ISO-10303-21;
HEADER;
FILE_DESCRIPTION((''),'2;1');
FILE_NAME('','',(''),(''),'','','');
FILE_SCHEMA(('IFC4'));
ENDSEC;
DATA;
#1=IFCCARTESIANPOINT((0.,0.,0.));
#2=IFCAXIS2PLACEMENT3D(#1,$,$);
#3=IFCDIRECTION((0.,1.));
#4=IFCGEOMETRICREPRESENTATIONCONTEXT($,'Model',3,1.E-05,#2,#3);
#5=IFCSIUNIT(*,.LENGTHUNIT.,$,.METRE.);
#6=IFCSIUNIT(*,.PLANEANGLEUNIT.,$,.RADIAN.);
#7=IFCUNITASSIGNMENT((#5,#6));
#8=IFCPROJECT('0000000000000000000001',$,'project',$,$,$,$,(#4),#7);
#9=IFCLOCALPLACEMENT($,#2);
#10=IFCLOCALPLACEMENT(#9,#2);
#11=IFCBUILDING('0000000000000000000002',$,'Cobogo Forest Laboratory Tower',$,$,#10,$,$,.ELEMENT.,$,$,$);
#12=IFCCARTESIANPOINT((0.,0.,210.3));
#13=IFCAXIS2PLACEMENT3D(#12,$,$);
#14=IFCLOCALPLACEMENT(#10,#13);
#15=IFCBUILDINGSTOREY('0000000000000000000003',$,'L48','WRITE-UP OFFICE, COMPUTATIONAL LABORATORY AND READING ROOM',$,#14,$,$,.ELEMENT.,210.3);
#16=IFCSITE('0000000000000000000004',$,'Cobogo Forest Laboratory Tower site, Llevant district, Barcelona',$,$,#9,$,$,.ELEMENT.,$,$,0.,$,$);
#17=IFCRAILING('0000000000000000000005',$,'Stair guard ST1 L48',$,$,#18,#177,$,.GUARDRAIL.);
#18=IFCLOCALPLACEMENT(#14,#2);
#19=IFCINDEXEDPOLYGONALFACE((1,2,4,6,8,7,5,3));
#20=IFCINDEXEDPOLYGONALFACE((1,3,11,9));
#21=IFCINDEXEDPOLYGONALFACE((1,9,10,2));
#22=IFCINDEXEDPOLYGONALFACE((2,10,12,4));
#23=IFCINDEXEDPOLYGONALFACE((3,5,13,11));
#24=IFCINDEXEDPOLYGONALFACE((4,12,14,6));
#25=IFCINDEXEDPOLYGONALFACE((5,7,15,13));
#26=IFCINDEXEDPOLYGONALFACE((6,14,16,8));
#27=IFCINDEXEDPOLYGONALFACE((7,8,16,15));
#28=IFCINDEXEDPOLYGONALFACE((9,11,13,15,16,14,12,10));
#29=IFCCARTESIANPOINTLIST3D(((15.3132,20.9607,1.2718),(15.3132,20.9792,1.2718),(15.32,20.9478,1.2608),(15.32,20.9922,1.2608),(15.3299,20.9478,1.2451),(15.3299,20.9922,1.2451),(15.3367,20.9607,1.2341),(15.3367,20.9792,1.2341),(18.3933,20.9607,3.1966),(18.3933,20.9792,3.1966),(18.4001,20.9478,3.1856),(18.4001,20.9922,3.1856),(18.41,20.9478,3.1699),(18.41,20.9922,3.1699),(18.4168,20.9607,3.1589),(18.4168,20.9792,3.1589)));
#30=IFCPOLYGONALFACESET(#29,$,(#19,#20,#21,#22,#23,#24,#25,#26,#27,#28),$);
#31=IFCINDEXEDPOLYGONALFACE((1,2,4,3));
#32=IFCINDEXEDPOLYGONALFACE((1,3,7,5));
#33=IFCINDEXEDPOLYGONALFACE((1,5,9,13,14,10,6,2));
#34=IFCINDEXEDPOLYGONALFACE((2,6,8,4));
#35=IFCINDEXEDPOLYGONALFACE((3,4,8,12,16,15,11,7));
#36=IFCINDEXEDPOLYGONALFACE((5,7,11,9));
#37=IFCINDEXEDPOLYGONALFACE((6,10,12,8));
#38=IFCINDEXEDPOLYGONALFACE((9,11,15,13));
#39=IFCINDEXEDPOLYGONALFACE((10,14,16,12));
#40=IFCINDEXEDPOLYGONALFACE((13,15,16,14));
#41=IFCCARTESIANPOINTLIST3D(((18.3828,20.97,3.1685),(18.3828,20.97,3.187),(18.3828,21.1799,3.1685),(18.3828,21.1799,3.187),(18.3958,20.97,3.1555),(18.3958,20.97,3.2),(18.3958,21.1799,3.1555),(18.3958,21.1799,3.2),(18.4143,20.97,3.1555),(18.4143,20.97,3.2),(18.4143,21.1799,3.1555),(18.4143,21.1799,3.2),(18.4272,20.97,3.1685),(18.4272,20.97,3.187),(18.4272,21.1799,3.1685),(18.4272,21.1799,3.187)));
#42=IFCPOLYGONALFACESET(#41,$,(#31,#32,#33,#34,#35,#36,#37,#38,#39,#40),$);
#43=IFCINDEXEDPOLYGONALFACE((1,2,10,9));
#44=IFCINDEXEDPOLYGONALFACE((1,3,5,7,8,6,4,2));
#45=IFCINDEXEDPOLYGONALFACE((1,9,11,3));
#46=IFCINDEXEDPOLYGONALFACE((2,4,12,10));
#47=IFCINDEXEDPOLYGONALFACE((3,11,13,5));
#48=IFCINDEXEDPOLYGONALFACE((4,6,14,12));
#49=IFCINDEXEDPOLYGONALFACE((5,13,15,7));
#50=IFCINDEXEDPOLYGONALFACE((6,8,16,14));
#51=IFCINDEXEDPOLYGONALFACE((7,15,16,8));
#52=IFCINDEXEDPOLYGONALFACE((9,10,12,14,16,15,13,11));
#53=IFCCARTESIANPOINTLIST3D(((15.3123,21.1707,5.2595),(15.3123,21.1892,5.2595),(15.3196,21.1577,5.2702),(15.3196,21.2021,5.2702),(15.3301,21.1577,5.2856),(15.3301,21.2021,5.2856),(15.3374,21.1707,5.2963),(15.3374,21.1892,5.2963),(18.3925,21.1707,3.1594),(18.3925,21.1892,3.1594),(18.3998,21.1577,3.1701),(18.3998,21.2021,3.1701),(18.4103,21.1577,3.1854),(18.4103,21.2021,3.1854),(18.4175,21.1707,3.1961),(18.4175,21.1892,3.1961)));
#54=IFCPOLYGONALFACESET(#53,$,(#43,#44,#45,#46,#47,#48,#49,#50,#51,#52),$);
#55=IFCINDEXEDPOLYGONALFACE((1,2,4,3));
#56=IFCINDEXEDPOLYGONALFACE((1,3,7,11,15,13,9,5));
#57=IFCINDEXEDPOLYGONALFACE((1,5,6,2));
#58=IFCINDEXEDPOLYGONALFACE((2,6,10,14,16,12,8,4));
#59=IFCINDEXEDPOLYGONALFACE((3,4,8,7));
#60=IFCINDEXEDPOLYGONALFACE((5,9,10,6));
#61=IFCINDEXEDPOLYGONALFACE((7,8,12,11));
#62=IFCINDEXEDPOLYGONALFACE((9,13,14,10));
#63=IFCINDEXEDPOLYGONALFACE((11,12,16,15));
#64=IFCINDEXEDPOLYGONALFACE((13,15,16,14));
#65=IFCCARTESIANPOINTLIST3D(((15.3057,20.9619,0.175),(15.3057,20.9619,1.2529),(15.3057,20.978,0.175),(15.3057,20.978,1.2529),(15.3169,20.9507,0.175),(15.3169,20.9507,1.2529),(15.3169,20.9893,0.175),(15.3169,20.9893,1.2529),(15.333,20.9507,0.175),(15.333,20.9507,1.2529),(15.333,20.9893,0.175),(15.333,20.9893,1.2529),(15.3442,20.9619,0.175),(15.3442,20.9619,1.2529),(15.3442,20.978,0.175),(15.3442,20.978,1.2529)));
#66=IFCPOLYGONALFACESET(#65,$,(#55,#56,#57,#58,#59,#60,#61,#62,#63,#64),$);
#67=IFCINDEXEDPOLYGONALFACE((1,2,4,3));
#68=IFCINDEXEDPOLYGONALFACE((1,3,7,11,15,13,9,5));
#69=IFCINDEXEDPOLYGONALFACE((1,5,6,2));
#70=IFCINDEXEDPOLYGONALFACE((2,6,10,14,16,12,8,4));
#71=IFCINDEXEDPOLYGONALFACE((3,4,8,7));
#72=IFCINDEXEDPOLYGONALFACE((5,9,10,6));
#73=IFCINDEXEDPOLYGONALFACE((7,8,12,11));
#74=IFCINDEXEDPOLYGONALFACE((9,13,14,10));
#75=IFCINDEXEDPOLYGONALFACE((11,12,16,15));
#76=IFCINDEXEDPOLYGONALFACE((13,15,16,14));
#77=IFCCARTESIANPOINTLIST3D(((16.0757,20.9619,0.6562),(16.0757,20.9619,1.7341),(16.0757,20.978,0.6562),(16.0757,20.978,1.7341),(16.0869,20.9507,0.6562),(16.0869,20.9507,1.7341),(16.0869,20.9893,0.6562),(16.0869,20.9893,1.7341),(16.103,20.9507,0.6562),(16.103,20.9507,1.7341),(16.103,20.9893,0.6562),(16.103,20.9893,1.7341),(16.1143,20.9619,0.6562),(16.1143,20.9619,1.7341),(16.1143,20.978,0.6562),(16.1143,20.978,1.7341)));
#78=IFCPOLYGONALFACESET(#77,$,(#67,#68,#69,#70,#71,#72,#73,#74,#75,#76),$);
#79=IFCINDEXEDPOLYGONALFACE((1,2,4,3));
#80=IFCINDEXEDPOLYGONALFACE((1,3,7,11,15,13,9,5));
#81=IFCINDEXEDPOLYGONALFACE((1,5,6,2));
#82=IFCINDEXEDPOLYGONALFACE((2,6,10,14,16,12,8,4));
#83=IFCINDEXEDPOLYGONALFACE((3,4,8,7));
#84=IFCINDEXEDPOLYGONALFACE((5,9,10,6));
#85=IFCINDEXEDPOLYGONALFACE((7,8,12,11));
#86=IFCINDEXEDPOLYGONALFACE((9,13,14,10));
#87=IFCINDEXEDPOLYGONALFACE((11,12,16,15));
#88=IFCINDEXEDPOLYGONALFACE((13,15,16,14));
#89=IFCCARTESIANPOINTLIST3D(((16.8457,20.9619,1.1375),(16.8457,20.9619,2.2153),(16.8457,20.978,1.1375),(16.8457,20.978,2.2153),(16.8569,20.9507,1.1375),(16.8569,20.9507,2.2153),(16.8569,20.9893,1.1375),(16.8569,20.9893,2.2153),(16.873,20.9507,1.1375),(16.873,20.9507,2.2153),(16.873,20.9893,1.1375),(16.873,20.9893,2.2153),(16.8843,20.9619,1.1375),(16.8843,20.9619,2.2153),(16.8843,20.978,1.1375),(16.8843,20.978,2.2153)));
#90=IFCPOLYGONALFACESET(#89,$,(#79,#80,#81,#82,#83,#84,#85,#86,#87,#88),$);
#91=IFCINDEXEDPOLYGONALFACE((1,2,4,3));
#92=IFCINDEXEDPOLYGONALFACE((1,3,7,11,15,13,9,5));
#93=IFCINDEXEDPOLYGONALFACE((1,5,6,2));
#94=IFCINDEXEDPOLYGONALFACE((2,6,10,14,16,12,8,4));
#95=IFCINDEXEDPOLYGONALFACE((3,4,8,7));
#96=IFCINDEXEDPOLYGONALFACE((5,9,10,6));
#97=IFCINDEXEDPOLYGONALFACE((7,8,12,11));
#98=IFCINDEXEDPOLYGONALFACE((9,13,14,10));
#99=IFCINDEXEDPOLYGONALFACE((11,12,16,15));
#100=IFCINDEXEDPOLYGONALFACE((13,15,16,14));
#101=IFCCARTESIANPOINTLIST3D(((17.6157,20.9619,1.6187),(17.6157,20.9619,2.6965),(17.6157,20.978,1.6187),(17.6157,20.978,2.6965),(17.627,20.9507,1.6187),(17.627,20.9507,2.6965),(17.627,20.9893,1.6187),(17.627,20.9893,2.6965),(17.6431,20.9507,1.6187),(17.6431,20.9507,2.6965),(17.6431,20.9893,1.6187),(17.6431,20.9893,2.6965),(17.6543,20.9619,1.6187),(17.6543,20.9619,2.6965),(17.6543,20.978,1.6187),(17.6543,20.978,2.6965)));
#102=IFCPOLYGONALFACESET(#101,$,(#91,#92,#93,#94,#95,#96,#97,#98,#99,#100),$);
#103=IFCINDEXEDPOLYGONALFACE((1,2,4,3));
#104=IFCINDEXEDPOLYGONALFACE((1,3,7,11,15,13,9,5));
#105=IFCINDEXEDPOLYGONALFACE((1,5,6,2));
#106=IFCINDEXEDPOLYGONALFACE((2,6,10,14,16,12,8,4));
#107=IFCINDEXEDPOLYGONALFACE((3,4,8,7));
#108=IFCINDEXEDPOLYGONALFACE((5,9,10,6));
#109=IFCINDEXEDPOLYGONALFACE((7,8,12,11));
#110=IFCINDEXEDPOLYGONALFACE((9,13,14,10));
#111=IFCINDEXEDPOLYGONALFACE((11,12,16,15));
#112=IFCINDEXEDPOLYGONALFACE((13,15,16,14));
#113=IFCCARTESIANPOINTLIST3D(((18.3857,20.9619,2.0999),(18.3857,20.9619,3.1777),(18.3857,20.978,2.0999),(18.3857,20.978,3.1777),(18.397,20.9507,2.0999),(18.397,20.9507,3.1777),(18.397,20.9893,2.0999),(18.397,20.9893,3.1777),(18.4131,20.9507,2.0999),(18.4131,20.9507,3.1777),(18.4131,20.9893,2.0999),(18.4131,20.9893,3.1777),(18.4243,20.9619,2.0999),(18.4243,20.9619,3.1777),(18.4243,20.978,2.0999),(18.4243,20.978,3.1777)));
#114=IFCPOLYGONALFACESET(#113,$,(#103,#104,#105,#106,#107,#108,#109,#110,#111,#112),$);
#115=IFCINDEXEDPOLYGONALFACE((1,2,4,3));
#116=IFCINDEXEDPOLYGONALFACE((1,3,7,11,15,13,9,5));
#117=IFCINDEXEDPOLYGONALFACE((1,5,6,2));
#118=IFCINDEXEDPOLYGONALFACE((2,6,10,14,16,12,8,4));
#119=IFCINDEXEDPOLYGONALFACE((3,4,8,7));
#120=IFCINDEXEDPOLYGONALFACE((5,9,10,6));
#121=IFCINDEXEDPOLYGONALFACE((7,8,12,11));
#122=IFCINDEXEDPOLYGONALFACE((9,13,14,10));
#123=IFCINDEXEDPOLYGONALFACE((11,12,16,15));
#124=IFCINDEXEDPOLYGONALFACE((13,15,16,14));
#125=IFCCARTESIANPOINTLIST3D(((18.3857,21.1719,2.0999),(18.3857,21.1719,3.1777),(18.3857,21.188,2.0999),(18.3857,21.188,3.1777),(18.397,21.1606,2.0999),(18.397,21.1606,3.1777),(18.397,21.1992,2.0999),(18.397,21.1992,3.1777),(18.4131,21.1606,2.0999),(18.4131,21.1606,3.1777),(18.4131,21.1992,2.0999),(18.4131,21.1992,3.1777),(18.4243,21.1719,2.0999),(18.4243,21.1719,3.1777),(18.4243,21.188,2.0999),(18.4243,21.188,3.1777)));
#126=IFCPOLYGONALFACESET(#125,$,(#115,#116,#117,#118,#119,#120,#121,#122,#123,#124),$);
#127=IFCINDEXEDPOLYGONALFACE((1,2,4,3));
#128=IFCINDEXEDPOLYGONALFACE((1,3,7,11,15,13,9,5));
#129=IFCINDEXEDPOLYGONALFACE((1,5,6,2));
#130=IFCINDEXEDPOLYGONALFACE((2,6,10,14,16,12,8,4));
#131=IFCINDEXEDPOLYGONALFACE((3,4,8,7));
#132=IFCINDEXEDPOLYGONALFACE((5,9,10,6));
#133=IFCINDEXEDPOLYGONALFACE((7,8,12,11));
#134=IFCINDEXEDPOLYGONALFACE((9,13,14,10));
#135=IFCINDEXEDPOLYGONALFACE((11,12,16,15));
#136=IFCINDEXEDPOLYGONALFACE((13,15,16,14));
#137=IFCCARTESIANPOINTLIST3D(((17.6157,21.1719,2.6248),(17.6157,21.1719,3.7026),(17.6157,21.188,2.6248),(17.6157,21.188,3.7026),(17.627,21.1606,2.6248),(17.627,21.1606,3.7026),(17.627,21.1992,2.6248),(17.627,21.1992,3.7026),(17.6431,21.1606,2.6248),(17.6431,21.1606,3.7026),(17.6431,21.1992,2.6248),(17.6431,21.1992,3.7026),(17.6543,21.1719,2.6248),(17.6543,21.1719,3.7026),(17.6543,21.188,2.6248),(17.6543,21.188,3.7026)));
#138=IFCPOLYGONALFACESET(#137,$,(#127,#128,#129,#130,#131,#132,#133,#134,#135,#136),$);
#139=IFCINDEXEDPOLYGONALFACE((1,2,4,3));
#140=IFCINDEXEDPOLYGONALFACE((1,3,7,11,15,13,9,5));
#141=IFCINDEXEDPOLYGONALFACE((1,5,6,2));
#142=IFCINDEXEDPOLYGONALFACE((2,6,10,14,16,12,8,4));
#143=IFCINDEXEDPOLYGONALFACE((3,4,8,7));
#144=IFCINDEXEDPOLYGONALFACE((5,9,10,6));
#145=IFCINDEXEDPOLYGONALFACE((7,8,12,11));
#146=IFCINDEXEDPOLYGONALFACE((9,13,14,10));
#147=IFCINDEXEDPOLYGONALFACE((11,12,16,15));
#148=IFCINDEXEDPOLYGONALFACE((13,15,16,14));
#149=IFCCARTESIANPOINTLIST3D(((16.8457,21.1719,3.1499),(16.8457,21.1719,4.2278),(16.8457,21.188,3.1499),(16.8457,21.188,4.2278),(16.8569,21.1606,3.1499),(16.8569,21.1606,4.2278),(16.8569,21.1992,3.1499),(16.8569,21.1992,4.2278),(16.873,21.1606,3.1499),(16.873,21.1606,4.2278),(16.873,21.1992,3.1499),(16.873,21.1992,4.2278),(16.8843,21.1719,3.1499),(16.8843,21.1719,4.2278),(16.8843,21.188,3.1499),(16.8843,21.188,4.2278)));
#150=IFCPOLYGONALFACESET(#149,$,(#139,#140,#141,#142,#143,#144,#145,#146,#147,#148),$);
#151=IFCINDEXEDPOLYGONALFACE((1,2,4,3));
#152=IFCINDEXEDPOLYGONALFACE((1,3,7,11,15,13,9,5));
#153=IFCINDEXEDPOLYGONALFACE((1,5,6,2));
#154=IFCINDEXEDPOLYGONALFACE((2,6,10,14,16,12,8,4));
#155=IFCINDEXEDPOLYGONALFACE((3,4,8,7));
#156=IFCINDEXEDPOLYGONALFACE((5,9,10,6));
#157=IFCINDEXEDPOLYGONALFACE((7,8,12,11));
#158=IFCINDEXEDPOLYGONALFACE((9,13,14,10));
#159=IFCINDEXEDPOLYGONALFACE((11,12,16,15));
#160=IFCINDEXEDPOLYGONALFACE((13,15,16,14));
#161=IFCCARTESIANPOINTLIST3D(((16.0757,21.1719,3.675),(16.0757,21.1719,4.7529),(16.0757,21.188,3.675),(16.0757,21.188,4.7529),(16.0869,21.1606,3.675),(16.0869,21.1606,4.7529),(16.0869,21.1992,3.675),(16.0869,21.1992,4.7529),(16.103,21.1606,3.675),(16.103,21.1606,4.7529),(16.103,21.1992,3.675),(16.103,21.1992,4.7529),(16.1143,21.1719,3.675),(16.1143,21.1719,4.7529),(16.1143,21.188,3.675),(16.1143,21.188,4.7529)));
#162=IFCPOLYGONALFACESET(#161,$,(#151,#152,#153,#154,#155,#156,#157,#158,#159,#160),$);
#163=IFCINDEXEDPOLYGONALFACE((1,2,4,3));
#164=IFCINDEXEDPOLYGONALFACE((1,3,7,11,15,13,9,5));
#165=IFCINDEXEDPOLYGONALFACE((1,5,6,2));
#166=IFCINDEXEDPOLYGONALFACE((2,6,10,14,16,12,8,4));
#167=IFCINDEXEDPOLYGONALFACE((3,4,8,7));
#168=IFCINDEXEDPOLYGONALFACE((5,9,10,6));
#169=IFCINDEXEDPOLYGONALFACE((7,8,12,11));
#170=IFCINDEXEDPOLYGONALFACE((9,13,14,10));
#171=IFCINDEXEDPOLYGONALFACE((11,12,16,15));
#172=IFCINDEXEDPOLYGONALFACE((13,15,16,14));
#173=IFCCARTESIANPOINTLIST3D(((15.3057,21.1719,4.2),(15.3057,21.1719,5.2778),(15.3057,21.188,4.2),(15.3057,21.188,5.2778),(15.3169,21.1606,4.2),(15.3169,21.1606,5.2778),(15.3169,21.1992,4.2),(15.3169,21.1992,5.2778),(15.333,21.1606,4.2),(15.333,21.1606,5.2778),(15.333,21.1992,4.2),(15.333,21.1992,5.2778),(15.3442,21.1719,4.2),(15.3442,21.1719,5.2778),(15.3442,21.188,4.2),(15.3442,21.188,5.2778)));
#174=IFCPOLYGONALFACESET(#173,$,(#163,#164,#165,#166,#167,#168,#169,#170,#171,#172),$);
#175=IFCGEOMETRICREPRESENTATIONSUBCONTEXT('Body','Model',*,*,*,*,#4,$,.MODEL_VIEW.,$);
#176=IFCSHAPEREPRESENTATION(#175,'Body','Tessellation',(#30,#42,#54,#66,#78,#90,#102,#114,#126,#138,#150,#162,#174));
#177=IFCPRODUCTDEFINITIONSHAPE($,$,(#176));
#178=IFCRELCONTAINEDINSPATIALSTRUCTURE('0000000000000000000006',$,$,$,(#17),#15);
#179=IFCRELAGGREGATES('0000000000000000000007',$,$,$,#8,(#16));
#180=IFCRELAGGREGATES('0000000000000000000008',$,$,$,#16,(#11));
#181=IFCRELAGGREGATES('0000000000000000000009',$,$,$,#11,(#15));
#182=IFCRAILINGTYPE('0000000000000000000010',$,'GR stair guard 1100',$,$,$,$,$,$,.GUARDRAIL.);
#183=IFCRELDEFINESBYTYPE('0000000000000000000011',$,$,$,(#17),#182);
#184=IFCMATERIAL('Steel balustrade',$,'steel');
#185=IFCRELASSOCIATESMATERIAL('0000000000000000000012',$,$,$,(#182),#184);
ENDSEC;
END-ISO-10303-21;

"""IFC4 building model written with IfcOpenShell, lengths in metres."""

from ifc_helpers import new_model, si_unit, direction, frame, origin, place, context, subcontext, project, spatial, polyline, outline, extrude, material, type_object, element, save


model = new_model("IFC4")

# Units and contexts
model_context = context("Model", 3, precision=1e-05, world=origin(), true_north=direction((0.0, 1.0)))
body_context = subcontext(model_context, "Body", "Model", "MODEL_VIEW")
ifc_project = project(units=[si_unit("LENGTHUNIT", "METRE"), si_unit("PLANEANGLEUNIT", "RADIAN")], contexts=[model_context])

# Site, building, storey
site_placement = place(None, origin())
site = spatial("IfcSite", under=ifc_project, at=site_placement, Name="Cobogo Forest Laboratory Tower site, Llevant district, Barcelona", CompositionType="ELEMENT", RefElevation=0.0)
building_placement = place(site_placement, origin())
building = spatial("IfcBuilding", under=site, at=building_placement, Name="Cobogo Forest Laboratory Tower", CompositionType="ELEMENT")
storey_placement = place(building_placement, frame((0.0, 0.0, 210.3)))
storey = spatial("IfcBuildingStorey", under=building, at=storey_placement, Name="L48", Description="WRITE-UP OFFICE, COMPUTATIONAL LABORATORY AND READING ROOM", CompositionType="ELEMENT", Elevation=210.3)

# Railing
ifc_material_1 = material(Name="Steel balustrade", Category="steel")
railing_type_1 = type_object("IfcRailingType", Name="GR stair guard 1100", PredefinedType="GUARDRAIL", material=ifc_material_1)
railing_1_placement = place(storey_placement, frame((15.325, 20.97, 0.175)))
element("IfcRailing", 1, at=railing_1_placement, inside=storey, type_object=railing_type_1, Name="Stair guard ST1 L48", PredefinedType="GUARDRAIL", context=body_context, shape_type="SweptSolid", body=[
    extrude(outline(polyline([(0.0222, 0.0093), (0.0093, 0.0222), (-0.0093, 0.0222), (-0.0222, 0.0093), (-0.0222, -0.0093), (-0.0093, -0.0222), (0.0093, -0.0222), (0.0222, -0.0093), (0.0222, 0.0093)])), frame((0.0, 0.0, 1.0779), z_axis=(0.848029, 0.0, 0.529951), x_axis=(0.0, 1.0, 0.0)), (0.0, 0.0, 1.0), 3.6321),
    extrude(outline(polyline([(0.0222, 0.0093), (0.0093, 0.0222), (-0.0093, 0.0222), (-0.0222, 0.0093), (-0.0222, -0.0093), (-0.0093, -0.0222), (0.0093, -0.0222), (0.0222, -0.0093), (0.0222, 0.0093)])), frame((3.0801, 0.0, 3.0027), z_axis=(0.0, 1.0, 0.0), x_axis=(-1.0, 0.0, 0.0)), (0.0, 0.0, 1.0), 0.21),
    extrude(outline(polyline([(0.0222, 0.0093), (0.0093, 0.0222), (-0.0093, 0.0222), (-0.0222, 0.0093), (-0.0222, -0.0093), (-0.0093, -0.0222), (0.0093, -0.0222), (0.0222, -0.0093), (0.0222, 0.0093)])), frame((3.0801, 0.21, 3.0027), z_axis=(-0.826222, 0.0, 0.563345), x_axis=(0.0, -1.0, 0.0)), (0.0, 0.0, 1.0), 3.728),
    extrude(outline(polyline([(0.0193, 0.0081), (0.0081, 0.0193), (-0.0081, 0.0193), (-0.0193, 0.0081), (-0.0193, -0.0081), (-0.0081, -0.0193), (0.0081, -0.0193), (0.0193, -0.0081), (0.0193, 0.0081)])), origin(), (0.0, 0.0, 1.0), 1.0779),
    extrude(outline(polyline([(0.0193, 0.0081), (0.0081, 0.0193), (-0.0081, 0.0193), (-0.0193, 0.0081), (-0.0193, -0.0081), (-0.0081, -0.0193), (0.0081, -0.0193), (0.0193, -0.0081), (0.0193, 0.0081)])), frame((0.77, 0.0, 0.4812)), (0.0, 0.0, 1.0), 1.0779),
    extrude(outline(polyline([(0.0193, 0.0081), (0.0081, 0.0193), (-0.0081, 0.0193), (-0.0193, 0.0081), (-0.0193, -0.0081), (-0.0081, -0.0193), (0.0081, -0.0193), (0.0193, -0.0081), (0.0193, 0.0081)])), frame((1.54, 0.0, 0.9624)), (0.0, 0.0, 1.0), 1.0779),
    extrude(outline(polyline([(0.0193, 0.0081), (0.0081, 0.0193), (-0.0081, 0.0193), (-0.0193, 0.0081), (-0.0193, -0.0081), (-0.0081, -0.0193), (0.0081, -0.0193), (0.0193, -0.0081), (0.0193, 0.0081)])), frame((2.3101, 0.0, 1.4436)), (0.0, 0.0, 1.0), 1.0779),
    extrude(outline(polyline([(0.0193, 0.0081), (0.0081, 0.0193), (-0.0081, 0.0193), (-0.0193, 0.0081), (-0.0193, -0.0081), (-0.0081, -0.0193), (0.0081, -0.0193), (0.0193, -0.0081), (0.0193, 0.0081)])), frame((3.0801, 0.0, 1.9248)), (0.0, 0.0, 1.0), 1.0779),
    extrude(outline(polyline([(0.0193, 0.0081), (0.0081, 0.0193), (-0.0081, 0.0193), (-0.0193, 0.0081), (-0.0193, -0.0081), (-0.0081, -0.0193), (0.0081, -0.0193), (0.0193, -0.0081), (0.0193, 0.0081)])), frame((3.0801, 0.21, 1.9248)), (0.0, 0.0, 1.0), 1.0779),
    extrude(outline(polyline([(0.0193, 0.0081), (0.0081, 0.0193), (-0.0081, 0.0193), (-0.0193, 0.0081), (-0.0193, -0.0081), (-0.0081, -0.0193), (0.0081, -0.0193), (0.0193, -0.0081), (0.0193, 0.0081)])), frame((2.3101, 0.21, 2.4497)), (0.0, 0.0, 1.0), 1.0779),
    extrude(outline(polyline([(0.0193, 0.0081), (0.0081, 0.0193), (-0.0081, 0.0193), (-0.0193, 0.0081), (-0.0193, -0.0081), (-0.0081, -0.0193), (0.0081, -0.0193), (0.0193, -0.0081), (0.0193, 0.0081)])), frame((1.54, 0.21, 2.9749)), (0.0, 0.0, 1.0), 1.0779),
    extrude(outline(polyline([(0.0193, 0.0081), (0.0081, 0.0193), (-0.0081, 0.0193), (-0.0193, 0.0081), (-0.0193, -0.0081), (-0.0081, -0.0193), (0.0081, -0.0193), (0.0193, -0.0081), (0.0193, 0.0081)])), frame((0.77, 0.21, 3.5)), (0.0, 0.0, 1.0), 1.0779),
    extrude(outline(polyline([(0.0193, 0.0081), (0.0081, 0.0193), (-0.0081, 0.0193), (-0.0193, 0.0081), (-0.0193, -0.0081), (-0.0081, -0.0193), (0.0081, -0.0193), (0.0193, -0.0081), (0.0193, 0.0081)])), frame((0.0, 0.21, 4.0249)), (0.0, 0.0, 1.0), 1.0779),
])

save(model, "model.ifc")
